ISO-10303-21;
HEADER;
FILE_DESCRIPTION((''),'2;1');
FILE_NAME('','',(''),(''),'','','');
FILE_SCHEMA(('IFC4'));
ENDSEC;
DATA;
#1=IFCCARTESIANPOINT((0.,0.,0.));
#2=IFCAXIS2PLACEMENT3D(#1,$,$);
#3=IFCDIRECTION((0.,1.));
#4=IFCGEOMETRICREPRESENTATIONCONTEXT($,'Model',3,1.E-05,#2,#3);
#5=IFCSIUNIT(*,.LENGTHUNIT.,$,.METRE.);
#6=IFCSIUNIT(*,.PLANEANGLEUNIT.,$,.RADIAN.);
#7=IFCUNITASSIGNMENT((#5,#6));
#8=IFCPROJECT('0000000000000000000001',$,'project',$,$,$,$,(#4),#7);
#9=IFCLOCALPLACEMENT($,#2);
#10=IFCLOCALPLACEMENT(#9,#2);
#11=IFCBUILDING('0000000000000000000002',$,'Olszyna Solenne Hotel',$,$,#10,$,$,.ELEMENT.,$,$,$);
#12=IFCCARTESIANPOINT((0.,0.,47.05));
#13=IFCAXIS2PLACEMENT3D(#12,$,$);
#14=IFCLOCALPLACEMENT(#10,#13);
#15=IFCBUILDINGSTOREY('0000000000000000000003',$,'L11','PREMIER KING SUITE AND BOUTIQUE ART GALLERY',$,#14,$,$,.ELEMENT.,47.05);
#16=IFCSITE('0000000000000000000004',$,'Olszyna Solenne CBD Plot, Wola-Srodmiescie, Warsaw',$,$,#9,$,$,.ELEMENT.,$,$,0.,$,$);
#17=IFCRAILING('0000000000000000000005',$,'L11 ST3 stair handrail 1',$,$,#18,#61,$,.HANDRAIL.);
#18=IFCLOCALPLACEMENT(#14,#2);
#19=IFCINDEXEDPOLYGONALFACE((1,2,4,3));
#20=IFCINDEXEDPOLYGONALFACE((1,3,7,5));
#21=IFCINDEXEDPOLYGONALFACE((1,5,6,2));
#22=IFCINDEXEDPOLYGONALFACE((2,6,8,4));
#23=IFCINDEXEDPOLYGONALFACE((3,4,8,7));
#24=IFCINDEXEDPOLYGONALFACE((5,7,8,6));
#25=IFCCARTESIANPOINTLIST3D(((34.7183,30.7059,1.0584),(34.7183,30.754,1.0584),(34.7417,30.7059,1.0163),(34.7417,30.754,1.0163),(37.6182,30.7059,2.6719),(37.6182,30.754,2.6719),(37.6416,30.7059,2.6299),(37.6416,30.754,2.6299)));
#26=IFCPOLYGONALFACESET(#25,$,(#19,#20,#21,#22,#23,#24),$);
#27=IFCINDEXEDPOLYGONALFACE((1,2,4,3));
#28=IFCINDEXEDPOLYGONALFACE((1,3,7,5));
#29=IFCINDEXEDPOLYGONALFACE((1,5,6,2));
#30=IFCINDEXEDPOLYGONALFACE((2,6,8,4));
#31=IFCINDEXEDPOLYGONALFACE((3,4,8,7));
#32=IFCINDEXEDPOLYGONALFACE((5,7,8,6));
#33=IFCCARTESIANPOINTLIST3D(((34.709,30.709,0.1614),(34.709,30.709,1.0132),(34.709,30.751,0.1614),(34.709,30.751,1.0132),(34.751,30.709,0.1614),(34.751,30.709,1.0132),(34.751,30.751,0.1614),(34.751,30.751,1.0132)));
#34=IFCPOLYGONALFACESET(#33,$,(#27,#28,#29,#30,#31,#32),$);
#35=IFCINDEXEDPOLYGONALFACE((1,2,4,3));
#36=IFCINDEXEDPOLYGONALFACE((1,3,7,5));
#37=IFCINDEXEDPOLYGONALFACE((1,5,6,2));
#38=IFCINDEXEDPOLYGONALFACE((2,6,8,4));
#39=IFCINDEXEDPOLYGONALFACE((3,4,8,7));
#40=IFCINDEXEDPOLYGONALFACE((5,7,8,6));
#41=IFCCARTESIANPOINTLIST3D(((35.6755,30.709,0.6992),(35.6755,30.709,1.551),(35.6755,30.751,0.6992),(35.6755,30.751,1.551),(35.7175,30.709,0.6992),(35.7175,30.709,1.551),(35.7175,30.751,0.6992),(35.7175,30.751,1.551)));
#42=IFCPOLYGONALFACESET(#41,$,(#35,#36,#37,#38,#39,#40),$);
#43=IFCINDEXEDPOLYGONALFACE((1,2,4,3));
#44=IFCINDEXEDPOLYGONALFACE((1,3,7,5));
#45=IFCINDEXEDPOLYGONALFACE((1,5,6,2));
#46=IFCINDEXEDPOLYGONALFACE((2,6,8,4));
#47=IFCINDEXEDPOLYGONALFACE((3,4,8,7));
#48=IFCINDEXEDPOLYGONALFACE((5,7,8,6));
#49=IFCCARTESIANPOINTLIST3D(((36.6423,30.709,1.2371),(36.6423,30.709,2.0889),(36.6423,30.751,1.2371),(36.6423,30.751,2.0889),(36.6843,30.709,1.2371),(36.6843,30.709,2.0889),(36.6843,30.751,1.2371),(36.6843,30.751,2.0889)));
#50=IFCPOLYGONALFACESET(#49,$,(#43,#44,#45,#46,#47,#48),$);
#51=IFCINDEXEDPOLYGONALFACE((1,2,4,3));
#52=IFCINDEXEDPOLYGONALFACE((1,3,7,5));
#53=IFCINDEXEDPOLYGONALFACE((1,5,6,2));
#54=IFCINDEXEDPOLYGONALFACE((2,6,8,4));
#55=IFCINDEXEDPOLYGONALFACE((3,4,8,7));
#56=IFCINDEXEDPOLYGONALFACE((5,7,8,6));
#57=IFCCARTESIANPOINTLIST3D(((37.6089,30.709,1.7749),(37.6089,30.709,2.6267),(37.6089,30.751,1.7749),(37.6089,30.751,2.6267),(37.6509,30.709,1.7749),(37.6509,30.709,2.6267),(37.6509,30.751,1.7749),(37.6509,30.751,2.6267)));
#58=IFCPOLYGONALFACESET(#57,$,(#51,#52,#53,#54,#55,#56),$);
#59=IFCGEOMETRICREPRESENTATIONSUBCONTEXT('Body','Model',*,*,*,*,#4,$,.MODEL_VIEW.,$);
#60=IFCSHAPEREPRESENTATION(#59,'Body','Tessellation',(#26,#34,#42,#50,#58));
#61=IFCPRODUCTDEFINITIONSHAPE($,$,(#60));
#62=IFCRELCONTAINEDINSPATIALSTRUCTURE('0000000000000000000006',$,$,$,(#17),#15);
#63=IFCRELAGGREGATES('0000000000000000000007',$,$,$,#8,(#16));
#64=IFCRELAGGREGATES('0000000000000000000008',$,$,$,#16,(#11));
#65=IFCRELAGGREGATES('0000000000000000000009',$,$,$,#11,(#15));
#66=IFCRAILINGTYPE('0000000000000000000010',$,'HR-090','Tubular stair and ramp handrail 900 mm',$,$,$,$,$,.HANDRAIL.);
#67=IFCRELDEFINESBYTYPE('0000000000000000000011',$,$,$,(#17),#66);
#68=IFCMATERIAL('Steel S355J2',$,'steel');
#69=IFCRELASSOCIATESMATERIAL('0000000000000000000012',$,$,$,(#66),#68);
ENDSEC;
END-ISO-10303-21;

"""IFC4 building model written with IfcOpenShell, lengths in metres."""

from ifc_helpers import new_model, si_unit, direction, frame, origin, origin_2d, place, context, subcontext, project, spatial, rectangle, extrude, material, type_object, element, save


model = new_model("IFC4")

# Units and contexts
model_context = context("Model", 3, precision=1e-05, world=origin(), true_north=direction((0.0, 1.0)))
body_context = subcontext(model_context, "Body", "Model", "MODEL_VIEW")
ifc_project = project(units=[si_unit("LENGTHUNIT", "METRE"), si_unit("PLANEANGLEUNIT", "RADIAN")], contexts=[model_context])

# Site, building, storey
site_placement = place(None, origin())
site = spatial("IfcSite", under=ifc_project, at=site_placement, Name="Olszyna Solenne CBD Plot, Wola-Srodmiescie, Warsaw", CompositionType="ELEMENT", RefElevation=0.0)
building_placement = place(site_placement, origin())
building = spatial("IfcBuilding", under=site, at=building_placement, Name="Olszyna Solenne Hotel", CompositionType="ELEMENT")
storey_placement = place(building_placement, frame((0.0, 0.0, 47.05)))
storey = spatial("IfcBuildingStorey", under=building, at=storey_placement, Name="L11", Description="PREMIER KING SUITE AND BOUTIQUE ART GALLERY", CompositionType="ELEMENT", Elevation=47.05)

# Shared definitions
ifc_material_1 = material(Name="Steel S355J2", Category="steel")

# Railing
railing_type_1 = type_object("IfcRailingType", Name="HR-090", Description="Tubular stair and ramp handrail 900 mm", PredefinedType="HANDRAIL", material=ifc_material_1)
railing_1_placement = place(storey_placement, frame((34.73, 30.73, 0.1614)))
element("IfcRailing", 1, at=railing_1_placement, inside=storey, type_object=railing_type_1, Name="L11 ST3 stair handrail 1", PredefinedType="HANDRAIL", context=body_context, shape_type="SweptSolid", body=[
    extrude(rectangle(XDim=0.0481, YDim=0.0481, at=origin_2d()), frame((0.0, 0.0, 0.876), z_axis=(0.873841, 0.0, 0.486211), x_axis=(0.0, 1.0, 0.0)), (0.0, 0.0, 1.0), 3.3186),
    extrude(rectangle(XDim=0.042, YDim=0.042, at=origin_2d()), origin(), (0.0, 0.0, 1.0), 0.8518),
    extrude(rectangle(XDim=0.042, YDim=0.042, at=origin_2d()), frame((0.9666, 0.0, 0.5378)), (0.0, 0.0, 1.0), 0.8518),
    extrude(rectangle(XDim=0.042, YDim=0.042, at=origin_2d()), frame((1.9333, 0.0, 1.0757)), (0.0, 0.0, 1.0), 0.8518),
    extrude(rectangle(XDim=0.042, YDim=0.042, at=origin_2d()), frame((2.8999, 0.0, 1.6135)), (0.0, 0.0, 1.0), 0.8518),
])

save(model, "model.ifc")
